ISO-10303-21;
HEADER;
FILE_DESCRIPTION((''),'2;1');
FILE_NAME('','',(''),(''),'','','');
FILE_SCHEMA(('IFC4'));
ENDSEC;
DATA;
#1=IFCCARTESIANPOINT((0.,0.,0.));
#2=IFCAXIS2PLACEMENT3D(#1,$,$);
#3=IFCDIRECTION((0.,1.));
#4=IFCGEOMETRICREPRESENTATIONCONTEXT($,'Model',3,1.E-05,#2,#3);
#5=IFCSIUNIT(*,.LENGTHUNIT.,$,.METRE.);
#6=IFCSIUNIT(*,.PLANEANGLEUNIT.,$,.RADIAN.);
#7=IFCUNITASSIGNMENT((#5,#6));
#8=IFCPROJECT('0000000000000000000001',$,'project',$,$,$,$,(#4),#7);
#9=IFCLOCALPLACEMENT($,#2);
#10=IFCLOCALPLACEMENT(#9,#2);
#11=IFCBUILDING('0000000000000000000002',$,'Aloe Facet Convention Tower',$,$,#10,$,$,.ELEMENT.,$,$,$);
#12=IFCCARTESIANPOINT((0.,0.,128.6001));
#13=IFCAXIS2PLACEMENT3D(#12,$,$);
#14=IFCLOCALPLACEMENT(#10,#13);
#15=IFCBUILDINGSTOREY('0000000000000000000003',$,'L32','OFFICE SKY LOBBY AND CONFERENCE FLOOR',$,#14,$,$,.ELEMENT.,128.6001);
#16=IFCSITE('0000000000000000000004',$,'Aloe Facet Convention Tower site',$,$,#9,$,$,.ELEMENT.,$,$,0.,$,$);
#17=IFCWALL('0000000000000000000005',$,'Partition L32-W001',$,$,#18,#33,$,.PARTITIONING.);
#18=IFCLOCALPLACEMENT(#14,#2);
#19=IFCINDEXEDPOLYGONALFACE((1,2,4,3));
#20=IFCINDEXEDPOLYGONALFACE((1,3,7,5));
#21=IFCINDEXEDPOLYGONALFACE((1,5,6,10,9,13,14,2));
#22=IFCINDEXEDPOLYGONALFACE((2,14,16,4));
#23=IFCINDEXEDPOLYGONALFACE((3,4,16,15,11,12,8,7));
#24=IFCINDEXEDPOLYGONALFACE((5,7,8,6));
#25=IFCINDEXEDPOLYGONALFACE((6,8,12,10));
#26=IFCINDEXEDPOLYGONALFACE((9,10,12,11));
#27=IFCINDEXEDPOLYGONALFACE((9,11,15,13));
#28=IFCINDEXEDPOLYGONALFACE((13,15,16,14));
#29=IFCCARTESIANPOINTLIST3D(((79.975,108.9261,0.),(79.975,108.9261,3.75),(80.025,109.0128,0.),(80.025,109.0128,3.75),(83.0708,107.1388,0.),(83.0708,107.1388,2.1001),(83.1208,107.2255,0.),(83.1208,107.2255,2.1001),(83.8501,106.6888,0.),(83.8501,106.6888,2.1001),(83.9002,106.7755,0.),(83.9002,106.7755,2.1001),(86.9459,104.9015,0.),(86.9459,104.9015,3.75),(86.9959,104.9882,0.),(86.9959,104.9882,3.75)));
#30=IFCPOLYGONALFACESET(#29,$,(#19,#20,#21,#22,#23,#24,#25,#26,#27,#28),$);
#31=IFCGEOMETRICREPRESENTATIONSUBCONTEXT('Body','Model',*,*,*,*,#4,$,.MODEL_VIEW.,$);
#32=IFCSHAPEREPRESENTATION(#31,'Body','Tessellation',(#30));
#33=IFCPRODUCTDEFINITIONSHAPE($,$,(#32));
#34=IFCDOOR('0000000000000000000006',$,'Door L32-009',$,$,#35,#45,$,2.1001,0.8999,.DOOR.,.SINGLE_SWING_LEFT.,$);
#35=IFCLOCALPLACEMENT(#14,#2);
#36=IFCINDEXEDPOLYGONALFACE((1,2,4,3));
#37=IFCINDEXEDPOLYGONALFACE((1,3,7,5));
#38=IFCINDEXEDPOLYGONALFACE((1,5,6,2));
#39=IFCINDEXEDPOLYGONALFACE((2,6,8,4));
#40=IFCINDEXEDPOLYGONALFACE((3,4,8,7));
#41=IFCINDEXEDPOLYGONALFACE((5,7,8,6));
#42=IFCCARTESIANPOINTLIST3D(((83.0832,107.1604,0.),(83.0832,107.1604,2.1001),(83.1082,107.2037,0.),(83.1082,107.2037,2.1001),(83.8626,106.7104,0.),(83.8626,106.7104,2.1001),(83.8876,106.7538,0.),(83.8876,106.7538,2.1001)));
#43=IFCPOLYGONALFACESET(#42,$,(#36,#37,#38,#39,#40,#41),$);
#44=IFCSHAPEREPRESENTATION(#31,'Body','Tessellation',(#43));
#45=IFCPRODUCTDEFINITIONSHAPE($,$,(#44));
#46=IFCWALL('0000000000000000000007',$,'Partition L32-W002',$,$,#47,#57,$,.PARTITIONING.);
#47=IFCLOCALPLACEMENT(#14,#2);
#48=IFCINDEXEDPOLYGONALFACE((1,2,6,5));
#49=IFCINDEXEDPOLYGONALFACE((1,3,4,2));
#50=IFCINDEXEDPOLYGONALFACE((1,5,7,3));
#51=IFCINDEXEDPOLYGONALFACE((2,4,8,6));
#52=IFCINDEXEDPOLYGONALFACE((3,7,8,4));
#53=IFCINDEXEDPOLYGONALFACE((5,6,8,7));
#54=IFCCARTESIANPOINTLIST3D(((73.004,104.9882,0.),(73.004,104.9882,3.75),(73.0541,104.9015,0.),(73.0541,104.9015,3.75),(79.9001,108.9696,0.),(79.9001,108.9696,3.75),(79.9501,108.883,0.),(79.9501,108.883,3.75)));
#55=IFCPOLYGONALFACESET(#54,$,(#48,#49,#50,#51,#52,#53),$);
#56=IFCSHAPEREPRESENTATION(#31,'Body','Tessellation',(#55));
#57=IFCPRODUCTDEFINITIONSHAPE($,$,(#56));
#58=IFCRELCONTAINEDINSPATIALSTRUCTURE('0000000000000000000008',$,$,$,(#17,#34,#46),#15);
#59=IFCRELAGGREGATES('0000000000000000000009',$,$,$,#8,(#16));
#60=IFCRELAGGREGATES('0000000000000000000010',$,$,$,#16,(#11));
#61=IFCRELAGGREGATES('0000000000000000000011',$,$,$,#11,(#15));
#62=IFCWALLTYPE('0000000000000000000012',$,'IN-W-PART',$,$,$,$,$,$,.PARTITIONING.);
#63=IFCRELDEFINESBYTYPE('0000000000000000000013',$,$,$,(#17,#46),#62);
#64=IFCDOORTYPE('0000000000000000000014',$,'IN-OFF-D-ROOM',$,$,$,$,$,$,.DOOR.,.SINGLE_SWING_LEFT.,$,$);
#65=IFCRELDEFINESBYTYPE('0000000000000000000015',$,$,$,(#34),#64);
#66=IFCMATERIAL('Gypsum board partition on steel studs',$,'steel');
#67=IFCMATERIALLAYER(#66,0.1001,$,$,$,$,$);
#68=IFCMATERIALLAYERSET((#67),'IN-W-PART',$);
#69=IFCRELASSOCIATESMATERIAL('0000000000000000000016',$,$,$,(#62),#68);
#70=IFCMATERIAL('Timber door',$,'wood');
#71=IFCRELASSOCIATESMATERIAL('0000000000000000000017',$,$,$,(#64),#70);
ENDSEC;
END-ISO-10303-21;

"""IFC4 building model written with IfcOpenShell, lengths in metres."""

from ifc_helpers import new_model, si_unit, direction, frame, frame_2d, origin, place, context, subcontext, project, spatial, rectangle, extrude, material, layer, layer_set, type_object, element, fill, save


model = new_model("IFC4")

# Units and contexts
model_context = context("Model", 3, precision=1e-05, world=origin(), true_north=direction((0.0, 1.0)))
body_context = subcontext(model_context, "Body", "Model", "MODEL_VIEW")
ifc_project = project(units=[si_unit("LENGTHUNIT", "METRE"), si_unit("PLANEANGLEUNIT", "RADIAN")], contexts=[model_context])

# Site, building, storey
site_placement = place(None, origin())
site = spatial("IfcSite", under=ifc_project, at=site_placement, Name="Aloe Facet Convention Tower site", CompositionType="ELEMENT", RefElevation=0.0)
building_placement = place(site_placement, origin())
building = spatial("IfcBuilding", under=site, at=building_placement, Name="Aloe Facet Convention Tower", CompositionType="ELEMENT")
storey_placement = place(building_placement, frame((0.0, 0.0, 128.6001)))
storey = spatial("IfcBuildingStorey", under=building, at=storey_placement, Name="L32", Description="OFFICE SKY LOBBY AND CONFERENCE FLOOR", CompositionType="ELEMENT", Elevation=128.6001)

# Wall, opening, door
ifc_material_1 = material(Name="Gypsum board partition on steel studs", Category="steel")
ifc_layer_1 = layer(ifc_material_1, 0.1001)
ifc_layer_set_1 = layer_set([ifc_layer_1], Name="IN-W-PART")
wall_type_1 = type_object("IfcWallType", Name="IN-W-PART", PredefinedType="PARTITIONING", material=ifc_layer_set_1)
wall_1_placement = place(storey_placement, frame((80.0, 108.9695, 0.0), z_axis=(0.0, 0.0, 1.0), x_axis=(0.866026, -0.499998, 0.0)))
wall_1 = element("IfcWall", 1, at=wall_1_placement, inside=storey, type_object=wall_type_1, Name="Partition L32-W001", PredefinedType="PARTITIONING", context=body_context, shape_type="SweptSolid", body=[
    extrude(rectangle(XDim=8.0493, YDim=0.1001, at=frame_2d((4.0247, 0.0))), origin(), (0.0, 0.0, 1.0), 3.75),
])
opening_1_placement = place(wall_1_placement, frame((3.5747, 0.0, 0.0)))
opening_1 = element("IfcOpeningElement", 2, at=opening_1_placement, cuts=wall_1, PredefinedType="OPENING", context=body_context, shape_type="SweptSolid", body=[
    extrude(rectangle(XDim=0.8999, YDim=2.1001, at=frame_2d((0.45, 1.05))), frame((0.0, 0.0601, 0.0), z_axis=(0.0, -1.0, 0.0), x_axis=(1.0, 0.0, 0.0)), (0.0, 0.0, 1.0), 0.1201),
])
ifc_material_2 = material(Name="Timber door", Category="wood")
door_type_1 = type_object("IfcDoorType", Name="IN-OFF-D-ROOM", OperationType="SINGLE_SWING_LEFT", PredefinedType="DOOR", material=ifc_material_2)
door_1_placement = place(opening_1_placement, origin())
door_1 = element("IfcDoor", 3, at=door_1_placement, inside=storey, type_object=door_type_1, Name="Door L32-009", OperationType="SINGLE_SWING_LEFT", OverallHeight=2.1001, OverallWidth=0.8999, PredefinedType="DOOR", context=body_context, shape_type="SweptSolid", body=[
    extrude(rectangle(XDim=0.8999, YDim=2.1001, at=frame_2d((0.45, 1.05))), frame((0.0, 0.0249, 0.0), z_axis=(0.0, -1.0, 0.0), x_axis=(1.0, 0.0, 0.0)), (0.0, 0.0, 1.0), 0.05),
])
fill(opening_1, door_1)

# Wall
wall_2_placement = place(storey_placement, frame((73.0291, 104.9448, 0.0), z_axis=(0.0, 0.0, 1.0), x_axis=(0.866023, 0.500004, 0.0)))
element("IfcWall", 4, at=wall_2_placement, inside=storey, type_object=wall_type_1, Name="Partition L32-W002", PredefinedType="PARTITIONING", context=body_context, shape_type="SweptSolid", body=[
    extrude(rectangle(XDim=7.9629, YDim=0.1001, at=frame_2d((3.9814, 0.0))), origin(), (0.0, 0.0, 1.0), 3.75),
])

save(model, "model.ifc")
